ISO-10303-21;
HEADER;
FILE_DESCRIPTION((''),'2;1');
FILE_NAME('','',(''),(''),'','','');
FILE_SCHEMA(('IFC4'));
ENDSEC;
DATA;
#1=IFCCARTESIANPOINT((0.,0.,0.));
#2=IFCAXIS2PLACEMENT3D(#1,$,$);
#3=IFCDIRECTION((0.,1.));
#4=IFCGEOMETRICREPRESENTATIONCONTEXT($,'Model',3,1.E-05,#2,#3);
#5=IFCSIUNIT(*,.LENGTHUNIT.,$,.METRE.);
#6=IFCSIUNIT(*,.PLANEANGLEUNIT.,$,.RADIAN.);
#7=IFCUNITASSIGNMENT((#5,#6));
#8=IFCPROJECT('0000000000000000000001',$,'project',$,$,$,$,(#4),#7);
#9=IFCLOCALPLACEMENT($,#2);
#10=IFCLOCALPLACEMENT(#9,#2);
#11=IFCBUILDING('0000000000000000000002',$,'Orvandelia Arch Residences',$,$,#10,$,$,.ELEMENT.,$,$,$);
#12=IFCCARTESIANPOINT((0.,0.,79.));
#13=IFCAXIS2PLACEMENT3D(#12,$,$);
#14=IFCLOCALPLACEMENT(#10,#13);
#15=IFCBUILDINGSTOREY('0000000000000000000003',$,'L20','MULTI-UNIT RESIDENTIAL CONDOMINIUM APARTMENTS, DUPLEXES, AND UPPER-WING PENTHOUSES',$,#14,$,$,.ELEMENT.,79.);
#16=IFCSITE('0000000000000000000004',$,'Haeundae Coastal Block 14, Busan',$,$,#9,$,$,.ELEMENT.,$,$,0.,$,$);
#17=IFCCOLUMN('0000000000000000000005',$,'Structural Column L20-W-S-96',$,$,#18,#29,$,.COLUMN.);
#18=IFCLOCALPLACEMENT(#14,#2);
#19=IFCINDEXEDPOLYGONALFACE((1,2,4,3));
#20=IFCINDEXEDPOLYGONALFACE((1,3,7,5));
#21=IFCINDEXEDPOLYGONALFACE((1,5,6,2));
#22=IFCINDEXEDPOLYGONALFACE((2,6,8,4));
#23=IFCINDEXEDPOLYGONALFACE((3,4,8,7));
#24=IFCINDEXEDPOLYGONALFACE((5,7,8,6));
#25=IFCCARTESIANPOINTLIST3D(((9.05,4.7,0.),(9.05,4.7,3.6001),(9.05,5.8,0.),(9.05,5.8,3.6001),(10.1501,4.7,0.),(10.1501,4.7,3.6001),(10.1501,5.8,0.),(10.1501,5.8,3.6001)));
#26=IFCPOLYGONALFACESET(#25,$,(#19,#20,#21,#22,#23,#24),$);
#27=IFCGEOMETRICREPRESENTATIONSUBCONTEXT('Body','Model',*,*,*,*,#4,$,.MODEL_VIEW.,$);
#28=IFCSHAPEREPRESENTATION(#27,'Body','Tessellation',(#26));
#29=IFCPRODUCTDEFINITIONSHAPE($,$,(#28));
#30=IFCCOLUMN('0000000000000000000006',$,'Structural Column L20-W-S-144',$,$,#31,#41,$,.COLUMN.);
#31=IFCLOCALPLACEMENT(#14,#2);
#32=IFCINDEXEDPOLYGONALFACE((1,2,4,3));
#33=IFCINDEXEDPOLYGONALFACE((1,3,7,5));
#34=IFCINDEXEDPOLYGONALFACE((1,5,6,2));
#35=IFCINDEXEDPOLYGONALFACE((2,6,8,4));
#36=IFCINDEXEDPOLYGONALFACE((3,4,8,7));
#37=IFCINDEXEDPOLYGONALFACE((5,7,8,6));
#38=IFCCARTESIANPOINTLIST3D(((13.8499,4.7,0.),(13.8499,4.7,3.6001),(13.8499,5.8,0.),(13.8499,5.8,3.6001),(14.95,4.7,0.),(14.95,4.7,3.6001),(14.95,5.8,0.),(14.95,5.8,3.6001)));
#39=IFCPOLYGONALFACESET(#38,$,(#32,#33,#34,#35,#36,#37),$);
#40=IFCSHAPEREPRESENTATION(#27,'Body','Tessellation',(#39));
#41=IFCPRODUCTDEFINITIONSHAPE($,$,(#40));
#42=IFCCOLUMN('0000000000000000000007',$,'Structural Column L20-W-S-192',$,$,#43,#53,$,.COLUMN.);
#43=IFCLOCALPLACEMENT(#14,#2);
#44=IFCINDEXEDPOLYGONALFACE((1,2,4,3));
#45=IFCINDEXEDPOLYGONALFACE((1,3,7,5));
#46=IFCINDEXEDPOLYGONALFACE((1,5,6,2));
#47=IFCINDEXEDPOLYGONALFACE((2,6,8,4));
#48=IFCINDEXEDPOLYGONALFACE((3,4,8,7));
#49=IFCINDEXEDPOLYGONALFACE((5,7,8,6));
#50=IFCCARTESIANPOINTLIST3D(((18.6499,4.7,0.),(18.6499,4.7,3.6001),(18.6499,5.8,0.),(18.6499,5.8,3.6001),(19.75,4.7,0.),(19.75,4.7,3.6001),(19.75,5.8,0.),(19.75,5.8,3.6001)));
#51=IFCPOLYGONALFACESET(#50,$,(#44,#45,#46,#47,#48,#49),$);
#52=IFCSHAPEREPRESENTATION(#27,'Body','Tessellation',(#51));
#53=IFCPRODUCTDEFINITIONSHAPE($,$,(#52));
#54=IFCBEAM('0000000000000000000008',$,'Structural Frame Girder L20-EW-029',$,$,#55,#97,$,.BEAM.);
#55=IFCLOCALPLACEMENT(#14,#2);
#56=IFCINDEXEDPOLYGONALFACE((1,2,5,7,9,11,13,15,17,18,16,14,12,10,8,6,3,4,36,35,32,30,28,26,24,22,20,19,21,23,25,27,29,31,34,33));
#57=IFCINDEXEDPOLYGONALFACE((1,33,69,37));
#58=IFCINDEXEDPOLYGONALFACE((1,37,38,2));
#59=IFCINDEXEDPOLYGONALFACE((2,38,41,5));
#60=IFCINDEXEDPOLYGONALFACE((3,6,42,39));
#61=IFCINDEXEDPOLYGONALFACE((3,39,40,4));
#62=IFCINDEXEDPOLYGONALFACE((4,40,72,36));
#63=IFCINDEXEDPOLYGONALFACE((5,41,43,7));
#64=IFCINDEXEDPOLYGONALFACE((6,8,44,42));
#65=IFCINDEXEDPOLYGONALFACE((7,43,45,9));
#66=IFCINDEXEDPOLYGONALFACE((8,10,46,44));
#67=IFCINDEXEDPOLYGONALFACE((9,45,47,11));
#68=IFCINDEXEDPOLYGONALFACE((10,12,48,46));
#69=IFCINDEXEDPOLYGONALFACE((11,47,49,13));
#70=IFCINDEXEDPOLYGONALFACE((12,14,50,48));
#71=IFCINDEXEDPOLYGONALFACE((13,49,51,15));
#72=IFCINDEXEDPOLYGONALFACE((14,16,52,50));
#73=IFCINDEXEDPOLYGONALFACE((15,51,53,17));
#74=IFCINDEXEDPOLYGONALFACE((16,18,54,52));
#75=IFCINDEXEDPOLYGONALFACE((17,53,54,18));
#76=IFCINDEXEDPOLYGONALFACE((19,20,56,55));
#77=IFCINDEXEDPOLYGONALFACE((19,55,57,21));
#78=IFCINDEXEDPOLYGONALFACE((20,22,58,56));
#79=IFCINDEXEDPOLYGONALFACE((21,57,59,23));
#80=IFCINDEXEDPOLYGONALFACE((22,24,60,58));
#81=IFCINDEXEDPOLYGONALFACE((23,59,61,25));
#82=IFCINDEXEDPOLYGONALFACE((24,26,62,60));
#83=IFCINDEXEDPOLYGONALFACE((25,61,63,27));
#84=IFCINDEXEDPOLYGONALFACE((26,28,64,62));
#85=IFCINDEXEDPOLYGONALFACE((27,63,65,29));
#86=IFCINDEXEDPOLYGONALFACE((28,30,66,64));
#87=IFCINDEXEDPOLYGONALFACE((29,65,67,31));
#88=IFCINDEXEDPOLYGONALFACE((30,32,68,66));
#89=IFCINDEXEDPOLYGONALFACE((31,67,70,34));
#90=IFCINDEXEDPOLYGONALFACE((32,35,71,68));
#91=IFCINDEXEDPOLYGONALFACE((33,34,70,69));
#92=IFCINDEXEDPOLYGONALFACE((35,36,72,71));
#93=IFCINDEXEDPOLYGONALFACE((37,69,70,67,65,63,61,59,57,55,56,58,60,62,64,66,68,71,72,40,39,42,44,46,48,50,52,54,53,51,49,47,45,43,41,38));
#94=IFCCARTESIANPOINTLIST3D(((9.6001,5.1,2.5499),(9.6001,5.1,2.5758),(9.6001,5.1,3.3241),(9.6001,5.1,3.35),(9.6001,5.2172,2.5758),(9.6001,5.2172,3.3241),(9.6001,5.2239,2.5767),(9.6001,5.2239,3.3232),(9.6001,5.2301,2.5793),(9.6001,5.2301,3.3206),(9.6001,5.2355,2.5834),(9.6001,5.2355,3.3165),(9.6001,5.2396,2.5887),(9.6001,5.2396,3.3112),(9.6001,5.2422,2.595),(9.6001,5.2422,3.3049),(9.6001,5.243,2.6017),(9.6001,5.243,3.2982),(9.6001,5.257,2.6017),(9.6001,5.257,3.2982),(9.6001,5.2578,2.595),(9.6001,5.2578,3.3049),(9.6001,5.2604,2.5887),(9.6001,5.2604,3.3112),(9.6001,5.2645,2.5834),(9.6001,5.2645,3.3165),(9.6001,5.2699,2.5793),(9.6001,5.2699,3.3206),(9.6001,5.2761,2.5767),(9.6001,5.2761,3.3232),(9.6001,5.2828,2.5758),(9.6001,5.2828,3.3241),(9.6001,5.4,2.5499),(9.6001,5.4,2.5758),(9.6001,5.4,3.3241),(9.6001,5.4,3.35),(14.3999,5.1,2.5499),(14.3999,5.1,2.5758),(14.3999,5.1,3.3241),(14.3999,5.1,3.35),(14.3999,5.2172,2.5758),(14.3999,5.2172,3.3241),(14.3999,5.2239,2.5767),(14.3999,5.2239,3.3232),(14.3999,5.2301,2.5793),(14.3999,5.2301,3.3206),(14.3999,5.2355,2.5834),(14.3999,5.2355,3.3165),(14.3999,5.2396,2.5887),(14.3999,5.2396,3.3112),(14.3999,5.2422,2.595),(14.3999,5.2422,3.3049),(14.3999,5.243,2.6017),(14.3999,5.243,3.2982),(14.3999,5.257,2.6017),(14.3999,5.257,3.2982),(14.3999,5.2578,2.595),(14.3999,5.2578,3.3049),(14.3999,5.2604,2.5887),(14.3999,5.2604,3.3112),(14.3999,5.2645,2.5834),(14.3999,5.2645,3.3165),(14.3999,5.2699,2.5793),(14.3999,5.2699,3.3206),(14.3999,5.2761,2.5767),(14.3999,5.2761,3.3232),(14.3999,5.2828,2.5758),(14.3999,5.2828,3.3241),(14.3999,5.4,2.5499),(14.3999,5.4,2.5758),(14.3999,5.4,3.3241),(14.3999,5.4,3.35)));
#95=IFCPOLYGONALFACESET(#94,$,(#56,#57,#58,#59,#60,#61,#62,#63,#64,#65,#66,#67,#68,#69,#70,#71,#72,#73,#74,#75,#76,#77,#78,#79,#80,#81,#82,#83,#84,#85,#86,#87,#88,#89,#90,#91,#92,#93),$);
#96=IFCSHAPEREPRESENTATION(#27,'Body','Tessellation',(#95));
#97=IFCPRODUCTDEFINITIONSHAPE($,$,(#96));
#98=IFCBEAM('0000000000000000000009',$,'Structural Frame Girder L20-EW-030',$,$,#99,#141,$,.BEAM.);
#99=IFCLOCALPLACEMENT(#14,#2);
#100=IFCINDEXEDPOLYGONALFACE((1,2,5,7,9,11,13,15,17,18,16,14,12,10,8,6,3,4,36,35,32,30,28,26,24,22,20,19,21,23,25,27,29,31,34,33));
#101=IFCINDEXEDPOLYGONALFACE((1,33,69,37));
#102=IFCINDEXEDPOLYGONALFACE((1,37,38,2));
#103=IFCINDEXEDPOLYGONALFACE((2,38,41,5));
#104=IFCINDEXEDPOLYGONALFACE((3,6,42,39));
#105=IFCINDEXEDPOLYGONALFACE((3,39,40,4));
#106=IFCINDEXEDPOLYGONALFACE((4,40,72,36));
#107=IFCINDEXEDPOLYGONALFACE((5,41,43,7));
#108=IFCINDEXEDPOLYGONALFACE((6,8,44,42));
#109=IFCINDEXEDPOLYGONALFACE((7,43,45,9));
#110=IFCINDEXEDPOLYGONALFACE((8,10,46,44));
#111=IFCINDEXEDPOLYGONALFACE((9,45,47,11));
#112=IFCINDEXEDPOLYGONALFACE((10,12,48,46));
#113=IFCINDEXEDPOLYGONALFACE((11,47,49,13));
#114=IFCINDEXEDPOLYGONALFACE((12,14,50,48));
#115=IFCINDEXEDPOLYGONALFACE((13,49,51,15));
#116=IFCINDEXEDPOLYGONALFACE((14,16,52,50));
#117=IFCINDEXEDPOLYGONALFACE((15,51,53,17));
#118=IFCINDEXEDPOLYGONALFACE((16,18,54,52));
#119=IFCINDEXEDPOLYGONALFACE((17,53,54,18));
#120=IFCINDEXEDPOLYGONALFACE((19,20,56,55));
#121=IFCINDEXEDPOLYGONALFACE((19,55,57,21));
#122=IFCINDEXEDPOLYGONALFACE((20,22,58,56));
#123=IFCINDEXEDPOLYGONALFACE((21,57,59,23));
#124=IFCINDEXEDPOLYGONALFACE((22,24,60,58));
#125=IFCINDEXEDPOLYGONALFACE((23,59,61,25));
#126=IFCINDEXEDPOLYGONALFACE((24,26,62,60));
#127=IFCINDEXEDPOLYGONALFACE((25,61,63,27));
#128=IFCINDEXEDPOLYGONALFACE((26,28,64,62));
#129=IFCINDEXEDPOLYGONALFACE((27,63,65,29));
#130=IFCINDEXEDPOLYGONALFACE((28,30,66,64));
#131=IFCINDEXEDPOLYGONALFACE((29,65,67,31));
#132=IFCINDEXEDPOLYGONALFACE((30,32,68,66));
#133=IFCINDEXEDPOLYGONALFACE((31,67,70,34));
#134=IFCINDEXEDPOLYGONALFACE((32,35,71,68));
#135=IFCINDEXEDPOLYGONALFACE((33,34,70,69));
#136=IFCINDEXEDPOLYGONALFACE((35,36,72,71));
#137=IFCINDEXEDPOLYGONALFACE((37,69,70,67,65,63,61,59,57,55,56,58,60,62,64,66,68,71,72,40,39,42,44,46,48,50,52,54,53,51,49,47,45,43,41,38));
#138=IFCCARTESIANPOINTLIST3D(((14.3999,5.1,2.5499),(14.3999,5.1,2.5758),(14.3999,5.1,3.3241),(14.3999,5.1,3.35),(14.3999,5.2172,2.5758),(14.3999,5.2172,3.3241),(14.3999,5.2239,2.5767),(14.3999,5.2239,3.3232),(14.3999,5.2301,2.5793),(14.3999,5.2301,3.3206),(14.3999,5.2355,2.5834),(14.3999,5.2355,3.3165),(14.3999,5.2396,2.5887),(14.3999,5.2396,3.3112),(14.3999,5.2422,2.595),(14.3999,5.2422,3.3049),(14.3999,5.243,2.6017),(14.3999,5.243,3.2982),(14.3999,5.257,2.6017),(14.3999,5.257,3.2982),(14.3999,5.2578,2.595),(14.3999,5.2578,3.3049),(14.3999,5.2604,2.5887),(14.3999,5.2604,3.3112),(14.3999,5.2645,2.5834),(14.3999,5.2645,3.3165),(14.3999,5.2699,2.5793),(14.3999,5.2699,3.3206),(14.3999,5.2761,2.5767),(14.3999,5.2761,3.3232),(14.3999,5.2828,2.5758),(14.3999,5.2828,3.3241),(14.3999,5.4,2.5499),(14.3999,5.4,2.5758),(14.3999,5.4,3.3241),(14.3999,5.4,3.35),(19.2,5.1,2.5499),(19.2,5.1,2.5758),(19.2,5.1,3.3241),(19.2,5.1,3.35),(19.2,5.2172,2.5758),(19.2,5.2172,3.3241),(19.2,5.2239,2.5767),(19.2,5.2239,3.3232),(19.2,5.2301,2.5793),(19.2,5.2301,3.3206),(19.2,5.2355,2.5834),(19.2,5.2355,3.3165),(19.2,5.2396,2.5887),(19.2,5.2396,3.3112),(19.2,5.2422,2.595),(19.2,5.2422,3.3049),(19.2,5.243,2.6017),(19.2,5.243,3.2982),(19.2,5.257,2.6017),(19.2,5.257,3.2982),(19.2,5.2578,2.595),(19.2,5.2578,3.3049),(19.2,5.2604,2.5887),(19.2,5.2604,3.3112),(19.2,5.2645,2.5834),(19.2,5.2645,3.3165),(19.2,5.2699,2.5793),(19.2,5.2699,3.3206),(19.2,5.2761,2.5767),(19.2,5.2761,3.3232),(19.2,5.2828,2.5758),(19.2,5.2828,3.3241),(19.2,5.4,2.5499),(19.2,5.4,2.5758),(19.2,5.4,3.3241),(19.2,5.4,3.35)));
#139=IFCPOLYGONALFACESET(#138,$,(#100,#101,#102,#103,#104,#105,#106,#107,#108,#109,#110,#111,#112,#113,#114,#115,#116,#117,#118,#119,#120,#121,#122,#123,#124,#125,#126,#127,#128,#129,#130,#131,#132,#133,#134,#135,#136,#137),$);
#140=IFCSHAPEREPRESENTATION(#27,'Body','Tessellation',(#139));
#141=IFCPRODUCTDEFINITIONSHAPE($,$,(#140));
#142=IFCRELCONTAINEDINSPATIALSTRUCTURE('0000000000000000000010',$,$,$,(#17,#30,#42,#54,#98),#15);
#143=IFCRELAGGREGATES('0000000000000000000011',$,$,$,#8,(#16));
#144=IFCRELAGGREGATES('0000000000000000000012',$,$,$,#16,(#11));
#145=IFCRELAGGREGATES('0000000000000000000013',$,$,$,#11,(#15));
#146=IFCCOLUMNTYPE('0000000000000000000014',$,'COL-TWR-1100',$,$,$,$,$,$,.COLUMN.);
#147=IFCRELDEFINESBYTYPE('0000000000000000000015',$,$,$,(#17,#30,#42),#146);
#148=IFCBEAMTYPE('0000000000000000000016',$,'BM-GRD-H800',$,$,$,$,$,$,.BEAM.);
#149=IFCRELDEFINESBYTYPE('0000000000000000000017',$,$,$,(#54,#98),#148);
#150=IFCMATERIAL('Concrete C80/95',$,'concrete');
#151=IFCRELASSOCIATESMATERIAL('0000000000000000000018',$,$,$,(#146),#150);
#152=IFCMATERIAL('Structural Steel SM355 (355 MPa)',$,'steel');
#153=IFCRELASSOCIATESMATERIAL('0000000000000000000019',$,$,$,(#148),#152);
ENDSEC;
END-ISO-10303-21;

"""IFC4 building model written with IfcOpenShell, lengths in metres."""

from ifc_helpers import new_model, si_unit, direction, frame, origin, origin_2d, place, context, subcontext, project, spatial, rectangle, i_section, extrude, material, material_profile, profile_set, type_object, element, save


model = new_model("IFC4")

# Units and contexts
model_context = context("Model", 3, precision=1e-05, world=origin(), true_north=direction((0.0, 1.0)))
body_context = subcontext(model_context, "Body", "Model", "MODEL_VIEW")
ifc_project = project(units=[si_unit("LENGTHUNIT", "METRE"), si_unit("PLANEANGLEUNIT", "RADIAN")], contexts=[model_context])

# Site, building, storey
site_placement = place(None, origin())
site = spatial("IfcSite", under=ifc_project, at=site_placement, Name="Haeundae Coastal Block 14, Busan", CompositionType="ELEMENT", RefElevation=0.0)
building_placement = place(site_placement, origin())
building = spatial("IfcBuilding", under=site, at=building_placement, Name="Orvandelia Arch Residences", CompositionType="ELEMENT")
storey_placement = place(building_placement, frame((0.0, 0.0, 79.0)))
storey = spatial("IfcBuildingStorey", under=building, at=storey_placement, Name="L20", Description="MULTI-UNIT RESIDENTIAL CONDOMINIUM APARTMENTS, DUPLEXES, AND UPPER-WING PENTHOUSES", CompositionType="ELEMENT", Elevation=79.0)

# Columns
ifc_material_1 = material(Name="Concrete C80/95", Category="concrete")
ifc_material_profile_1 = material_profile(ifc_material_1, rectangle(XDim=1.1001, YDim=1.1001, at=origin_2d()), Name="Concrete C80/95", Category="concrete")
ifc_profile_set_1 = profile_set([ifc_material_profile_1], Name="Concrete C80/95")
column_type = type_object("IfcColumnType", Name="COL-TWR-1100", PredefinedType="COLUMN", material=ifc_profile_set_1)
for number, where, z_axis, x_axis, name in (
    (1, (9.6001, 5.25, 0.0), (0.0, 0.0, 1.0), (1.0, 0.0, 0.0), "Structural Column L20-W-S-96"),
    (2, (14.3999, 5.25, 0.0), (0.0, 0.0, 1.0), (1.0, 0.0, 0.0), "Structural Column L20-W-S-144"),
    (3, (19.2, 5.25, 0.0), (0.0, 0.0, 1.0), (1.0, 0.0, 0.0), "Structural Column L20-W-S-192"),
):
    element("IfcColumn", number, at=place(storey_placement, frame(where, z_axis=z_axis, x_axis=x_axis)), inside=storey, type_object=column_type, Name=name, PredefinedType="COLUMN", context=body_context, shape_type="SweptSolid", body=[
        extrude(rectangle(XDim=1.1001, YDim=1.1001, at=origin_2d()), origin(), (0.0, 0.0, 1.0), 3.6001),
    ])

# Beams
ifc_material_2 = material(Name="Structural Steel SM355 (355 MPa)", Category="steel")
ifc_material_profile_2 = material_profile(ifc_material_2, i_section(OverallWidth=0.3, OverallDepth=0.8, WebThickness=0.0139, FlangeThickness=0.0259, FilletRadius=0.0259, at=origin_2d()), Name="Structural Steel SM355 (355 MPa)", Category="steel")
ifc_profile_set_2 = profile_set([ifc_material_profile_2], Name="Structural Steel SM355 (355 MPa)")
beam_type = type_object("IfcBeamType", Name="BM-GRD-H800", PredefinedType="BEAM", material=ifc_profile_set_2)
beam_1_placement = place(storey_placement, frame((9.6001, 5.25, 2.95), z_axis=(1.0, 0.0, 0.0), x_axis=(0.0, 1.0, 0.0)))
element("IfcBeam", 4, at=beam_1_placement, inside=storey, type_object=beam_type, Name="Structural Frame Girder L20-EW-029", PredefinedType="BEAM", context=body_context, shape_type="SweptSolid", body=[
    extrude(i_section(OverallWidth=0.3, OverallDepth=0.8, WebThickness=0.0139, FlangeThickness=0.0259, FilletRadius=0.0259, at=origin_2d()), origin(), (0.0, 0.0, 1.0), 4.7998),
])
beam_2_placement = place(storey_placement, frame((14.3999, 5.25, 2.95), z_axis=(1.0, 0.0, 0.0), x_axis=(0.0, 1.0, 0.0)))
element("IfcBeam", 5, at=beam_2_placement, inside=storey, type_object=beam_type, Name="Structural Frame Girder L20-EW-030", PredefinedType="BEAM", context=body_context, shape_type="SweptSolid", body=[
    extrude(i_section(OverallWidth=0.3, OverallDepth=0.8, WebThickness=0.0139, FlangeThickness=0.0259, FilletRadius=0.0259, at=origin_2d()), origin(), (0.0, 0.0, 1.0), 4.8),
])

save(model, "model.ifc")
